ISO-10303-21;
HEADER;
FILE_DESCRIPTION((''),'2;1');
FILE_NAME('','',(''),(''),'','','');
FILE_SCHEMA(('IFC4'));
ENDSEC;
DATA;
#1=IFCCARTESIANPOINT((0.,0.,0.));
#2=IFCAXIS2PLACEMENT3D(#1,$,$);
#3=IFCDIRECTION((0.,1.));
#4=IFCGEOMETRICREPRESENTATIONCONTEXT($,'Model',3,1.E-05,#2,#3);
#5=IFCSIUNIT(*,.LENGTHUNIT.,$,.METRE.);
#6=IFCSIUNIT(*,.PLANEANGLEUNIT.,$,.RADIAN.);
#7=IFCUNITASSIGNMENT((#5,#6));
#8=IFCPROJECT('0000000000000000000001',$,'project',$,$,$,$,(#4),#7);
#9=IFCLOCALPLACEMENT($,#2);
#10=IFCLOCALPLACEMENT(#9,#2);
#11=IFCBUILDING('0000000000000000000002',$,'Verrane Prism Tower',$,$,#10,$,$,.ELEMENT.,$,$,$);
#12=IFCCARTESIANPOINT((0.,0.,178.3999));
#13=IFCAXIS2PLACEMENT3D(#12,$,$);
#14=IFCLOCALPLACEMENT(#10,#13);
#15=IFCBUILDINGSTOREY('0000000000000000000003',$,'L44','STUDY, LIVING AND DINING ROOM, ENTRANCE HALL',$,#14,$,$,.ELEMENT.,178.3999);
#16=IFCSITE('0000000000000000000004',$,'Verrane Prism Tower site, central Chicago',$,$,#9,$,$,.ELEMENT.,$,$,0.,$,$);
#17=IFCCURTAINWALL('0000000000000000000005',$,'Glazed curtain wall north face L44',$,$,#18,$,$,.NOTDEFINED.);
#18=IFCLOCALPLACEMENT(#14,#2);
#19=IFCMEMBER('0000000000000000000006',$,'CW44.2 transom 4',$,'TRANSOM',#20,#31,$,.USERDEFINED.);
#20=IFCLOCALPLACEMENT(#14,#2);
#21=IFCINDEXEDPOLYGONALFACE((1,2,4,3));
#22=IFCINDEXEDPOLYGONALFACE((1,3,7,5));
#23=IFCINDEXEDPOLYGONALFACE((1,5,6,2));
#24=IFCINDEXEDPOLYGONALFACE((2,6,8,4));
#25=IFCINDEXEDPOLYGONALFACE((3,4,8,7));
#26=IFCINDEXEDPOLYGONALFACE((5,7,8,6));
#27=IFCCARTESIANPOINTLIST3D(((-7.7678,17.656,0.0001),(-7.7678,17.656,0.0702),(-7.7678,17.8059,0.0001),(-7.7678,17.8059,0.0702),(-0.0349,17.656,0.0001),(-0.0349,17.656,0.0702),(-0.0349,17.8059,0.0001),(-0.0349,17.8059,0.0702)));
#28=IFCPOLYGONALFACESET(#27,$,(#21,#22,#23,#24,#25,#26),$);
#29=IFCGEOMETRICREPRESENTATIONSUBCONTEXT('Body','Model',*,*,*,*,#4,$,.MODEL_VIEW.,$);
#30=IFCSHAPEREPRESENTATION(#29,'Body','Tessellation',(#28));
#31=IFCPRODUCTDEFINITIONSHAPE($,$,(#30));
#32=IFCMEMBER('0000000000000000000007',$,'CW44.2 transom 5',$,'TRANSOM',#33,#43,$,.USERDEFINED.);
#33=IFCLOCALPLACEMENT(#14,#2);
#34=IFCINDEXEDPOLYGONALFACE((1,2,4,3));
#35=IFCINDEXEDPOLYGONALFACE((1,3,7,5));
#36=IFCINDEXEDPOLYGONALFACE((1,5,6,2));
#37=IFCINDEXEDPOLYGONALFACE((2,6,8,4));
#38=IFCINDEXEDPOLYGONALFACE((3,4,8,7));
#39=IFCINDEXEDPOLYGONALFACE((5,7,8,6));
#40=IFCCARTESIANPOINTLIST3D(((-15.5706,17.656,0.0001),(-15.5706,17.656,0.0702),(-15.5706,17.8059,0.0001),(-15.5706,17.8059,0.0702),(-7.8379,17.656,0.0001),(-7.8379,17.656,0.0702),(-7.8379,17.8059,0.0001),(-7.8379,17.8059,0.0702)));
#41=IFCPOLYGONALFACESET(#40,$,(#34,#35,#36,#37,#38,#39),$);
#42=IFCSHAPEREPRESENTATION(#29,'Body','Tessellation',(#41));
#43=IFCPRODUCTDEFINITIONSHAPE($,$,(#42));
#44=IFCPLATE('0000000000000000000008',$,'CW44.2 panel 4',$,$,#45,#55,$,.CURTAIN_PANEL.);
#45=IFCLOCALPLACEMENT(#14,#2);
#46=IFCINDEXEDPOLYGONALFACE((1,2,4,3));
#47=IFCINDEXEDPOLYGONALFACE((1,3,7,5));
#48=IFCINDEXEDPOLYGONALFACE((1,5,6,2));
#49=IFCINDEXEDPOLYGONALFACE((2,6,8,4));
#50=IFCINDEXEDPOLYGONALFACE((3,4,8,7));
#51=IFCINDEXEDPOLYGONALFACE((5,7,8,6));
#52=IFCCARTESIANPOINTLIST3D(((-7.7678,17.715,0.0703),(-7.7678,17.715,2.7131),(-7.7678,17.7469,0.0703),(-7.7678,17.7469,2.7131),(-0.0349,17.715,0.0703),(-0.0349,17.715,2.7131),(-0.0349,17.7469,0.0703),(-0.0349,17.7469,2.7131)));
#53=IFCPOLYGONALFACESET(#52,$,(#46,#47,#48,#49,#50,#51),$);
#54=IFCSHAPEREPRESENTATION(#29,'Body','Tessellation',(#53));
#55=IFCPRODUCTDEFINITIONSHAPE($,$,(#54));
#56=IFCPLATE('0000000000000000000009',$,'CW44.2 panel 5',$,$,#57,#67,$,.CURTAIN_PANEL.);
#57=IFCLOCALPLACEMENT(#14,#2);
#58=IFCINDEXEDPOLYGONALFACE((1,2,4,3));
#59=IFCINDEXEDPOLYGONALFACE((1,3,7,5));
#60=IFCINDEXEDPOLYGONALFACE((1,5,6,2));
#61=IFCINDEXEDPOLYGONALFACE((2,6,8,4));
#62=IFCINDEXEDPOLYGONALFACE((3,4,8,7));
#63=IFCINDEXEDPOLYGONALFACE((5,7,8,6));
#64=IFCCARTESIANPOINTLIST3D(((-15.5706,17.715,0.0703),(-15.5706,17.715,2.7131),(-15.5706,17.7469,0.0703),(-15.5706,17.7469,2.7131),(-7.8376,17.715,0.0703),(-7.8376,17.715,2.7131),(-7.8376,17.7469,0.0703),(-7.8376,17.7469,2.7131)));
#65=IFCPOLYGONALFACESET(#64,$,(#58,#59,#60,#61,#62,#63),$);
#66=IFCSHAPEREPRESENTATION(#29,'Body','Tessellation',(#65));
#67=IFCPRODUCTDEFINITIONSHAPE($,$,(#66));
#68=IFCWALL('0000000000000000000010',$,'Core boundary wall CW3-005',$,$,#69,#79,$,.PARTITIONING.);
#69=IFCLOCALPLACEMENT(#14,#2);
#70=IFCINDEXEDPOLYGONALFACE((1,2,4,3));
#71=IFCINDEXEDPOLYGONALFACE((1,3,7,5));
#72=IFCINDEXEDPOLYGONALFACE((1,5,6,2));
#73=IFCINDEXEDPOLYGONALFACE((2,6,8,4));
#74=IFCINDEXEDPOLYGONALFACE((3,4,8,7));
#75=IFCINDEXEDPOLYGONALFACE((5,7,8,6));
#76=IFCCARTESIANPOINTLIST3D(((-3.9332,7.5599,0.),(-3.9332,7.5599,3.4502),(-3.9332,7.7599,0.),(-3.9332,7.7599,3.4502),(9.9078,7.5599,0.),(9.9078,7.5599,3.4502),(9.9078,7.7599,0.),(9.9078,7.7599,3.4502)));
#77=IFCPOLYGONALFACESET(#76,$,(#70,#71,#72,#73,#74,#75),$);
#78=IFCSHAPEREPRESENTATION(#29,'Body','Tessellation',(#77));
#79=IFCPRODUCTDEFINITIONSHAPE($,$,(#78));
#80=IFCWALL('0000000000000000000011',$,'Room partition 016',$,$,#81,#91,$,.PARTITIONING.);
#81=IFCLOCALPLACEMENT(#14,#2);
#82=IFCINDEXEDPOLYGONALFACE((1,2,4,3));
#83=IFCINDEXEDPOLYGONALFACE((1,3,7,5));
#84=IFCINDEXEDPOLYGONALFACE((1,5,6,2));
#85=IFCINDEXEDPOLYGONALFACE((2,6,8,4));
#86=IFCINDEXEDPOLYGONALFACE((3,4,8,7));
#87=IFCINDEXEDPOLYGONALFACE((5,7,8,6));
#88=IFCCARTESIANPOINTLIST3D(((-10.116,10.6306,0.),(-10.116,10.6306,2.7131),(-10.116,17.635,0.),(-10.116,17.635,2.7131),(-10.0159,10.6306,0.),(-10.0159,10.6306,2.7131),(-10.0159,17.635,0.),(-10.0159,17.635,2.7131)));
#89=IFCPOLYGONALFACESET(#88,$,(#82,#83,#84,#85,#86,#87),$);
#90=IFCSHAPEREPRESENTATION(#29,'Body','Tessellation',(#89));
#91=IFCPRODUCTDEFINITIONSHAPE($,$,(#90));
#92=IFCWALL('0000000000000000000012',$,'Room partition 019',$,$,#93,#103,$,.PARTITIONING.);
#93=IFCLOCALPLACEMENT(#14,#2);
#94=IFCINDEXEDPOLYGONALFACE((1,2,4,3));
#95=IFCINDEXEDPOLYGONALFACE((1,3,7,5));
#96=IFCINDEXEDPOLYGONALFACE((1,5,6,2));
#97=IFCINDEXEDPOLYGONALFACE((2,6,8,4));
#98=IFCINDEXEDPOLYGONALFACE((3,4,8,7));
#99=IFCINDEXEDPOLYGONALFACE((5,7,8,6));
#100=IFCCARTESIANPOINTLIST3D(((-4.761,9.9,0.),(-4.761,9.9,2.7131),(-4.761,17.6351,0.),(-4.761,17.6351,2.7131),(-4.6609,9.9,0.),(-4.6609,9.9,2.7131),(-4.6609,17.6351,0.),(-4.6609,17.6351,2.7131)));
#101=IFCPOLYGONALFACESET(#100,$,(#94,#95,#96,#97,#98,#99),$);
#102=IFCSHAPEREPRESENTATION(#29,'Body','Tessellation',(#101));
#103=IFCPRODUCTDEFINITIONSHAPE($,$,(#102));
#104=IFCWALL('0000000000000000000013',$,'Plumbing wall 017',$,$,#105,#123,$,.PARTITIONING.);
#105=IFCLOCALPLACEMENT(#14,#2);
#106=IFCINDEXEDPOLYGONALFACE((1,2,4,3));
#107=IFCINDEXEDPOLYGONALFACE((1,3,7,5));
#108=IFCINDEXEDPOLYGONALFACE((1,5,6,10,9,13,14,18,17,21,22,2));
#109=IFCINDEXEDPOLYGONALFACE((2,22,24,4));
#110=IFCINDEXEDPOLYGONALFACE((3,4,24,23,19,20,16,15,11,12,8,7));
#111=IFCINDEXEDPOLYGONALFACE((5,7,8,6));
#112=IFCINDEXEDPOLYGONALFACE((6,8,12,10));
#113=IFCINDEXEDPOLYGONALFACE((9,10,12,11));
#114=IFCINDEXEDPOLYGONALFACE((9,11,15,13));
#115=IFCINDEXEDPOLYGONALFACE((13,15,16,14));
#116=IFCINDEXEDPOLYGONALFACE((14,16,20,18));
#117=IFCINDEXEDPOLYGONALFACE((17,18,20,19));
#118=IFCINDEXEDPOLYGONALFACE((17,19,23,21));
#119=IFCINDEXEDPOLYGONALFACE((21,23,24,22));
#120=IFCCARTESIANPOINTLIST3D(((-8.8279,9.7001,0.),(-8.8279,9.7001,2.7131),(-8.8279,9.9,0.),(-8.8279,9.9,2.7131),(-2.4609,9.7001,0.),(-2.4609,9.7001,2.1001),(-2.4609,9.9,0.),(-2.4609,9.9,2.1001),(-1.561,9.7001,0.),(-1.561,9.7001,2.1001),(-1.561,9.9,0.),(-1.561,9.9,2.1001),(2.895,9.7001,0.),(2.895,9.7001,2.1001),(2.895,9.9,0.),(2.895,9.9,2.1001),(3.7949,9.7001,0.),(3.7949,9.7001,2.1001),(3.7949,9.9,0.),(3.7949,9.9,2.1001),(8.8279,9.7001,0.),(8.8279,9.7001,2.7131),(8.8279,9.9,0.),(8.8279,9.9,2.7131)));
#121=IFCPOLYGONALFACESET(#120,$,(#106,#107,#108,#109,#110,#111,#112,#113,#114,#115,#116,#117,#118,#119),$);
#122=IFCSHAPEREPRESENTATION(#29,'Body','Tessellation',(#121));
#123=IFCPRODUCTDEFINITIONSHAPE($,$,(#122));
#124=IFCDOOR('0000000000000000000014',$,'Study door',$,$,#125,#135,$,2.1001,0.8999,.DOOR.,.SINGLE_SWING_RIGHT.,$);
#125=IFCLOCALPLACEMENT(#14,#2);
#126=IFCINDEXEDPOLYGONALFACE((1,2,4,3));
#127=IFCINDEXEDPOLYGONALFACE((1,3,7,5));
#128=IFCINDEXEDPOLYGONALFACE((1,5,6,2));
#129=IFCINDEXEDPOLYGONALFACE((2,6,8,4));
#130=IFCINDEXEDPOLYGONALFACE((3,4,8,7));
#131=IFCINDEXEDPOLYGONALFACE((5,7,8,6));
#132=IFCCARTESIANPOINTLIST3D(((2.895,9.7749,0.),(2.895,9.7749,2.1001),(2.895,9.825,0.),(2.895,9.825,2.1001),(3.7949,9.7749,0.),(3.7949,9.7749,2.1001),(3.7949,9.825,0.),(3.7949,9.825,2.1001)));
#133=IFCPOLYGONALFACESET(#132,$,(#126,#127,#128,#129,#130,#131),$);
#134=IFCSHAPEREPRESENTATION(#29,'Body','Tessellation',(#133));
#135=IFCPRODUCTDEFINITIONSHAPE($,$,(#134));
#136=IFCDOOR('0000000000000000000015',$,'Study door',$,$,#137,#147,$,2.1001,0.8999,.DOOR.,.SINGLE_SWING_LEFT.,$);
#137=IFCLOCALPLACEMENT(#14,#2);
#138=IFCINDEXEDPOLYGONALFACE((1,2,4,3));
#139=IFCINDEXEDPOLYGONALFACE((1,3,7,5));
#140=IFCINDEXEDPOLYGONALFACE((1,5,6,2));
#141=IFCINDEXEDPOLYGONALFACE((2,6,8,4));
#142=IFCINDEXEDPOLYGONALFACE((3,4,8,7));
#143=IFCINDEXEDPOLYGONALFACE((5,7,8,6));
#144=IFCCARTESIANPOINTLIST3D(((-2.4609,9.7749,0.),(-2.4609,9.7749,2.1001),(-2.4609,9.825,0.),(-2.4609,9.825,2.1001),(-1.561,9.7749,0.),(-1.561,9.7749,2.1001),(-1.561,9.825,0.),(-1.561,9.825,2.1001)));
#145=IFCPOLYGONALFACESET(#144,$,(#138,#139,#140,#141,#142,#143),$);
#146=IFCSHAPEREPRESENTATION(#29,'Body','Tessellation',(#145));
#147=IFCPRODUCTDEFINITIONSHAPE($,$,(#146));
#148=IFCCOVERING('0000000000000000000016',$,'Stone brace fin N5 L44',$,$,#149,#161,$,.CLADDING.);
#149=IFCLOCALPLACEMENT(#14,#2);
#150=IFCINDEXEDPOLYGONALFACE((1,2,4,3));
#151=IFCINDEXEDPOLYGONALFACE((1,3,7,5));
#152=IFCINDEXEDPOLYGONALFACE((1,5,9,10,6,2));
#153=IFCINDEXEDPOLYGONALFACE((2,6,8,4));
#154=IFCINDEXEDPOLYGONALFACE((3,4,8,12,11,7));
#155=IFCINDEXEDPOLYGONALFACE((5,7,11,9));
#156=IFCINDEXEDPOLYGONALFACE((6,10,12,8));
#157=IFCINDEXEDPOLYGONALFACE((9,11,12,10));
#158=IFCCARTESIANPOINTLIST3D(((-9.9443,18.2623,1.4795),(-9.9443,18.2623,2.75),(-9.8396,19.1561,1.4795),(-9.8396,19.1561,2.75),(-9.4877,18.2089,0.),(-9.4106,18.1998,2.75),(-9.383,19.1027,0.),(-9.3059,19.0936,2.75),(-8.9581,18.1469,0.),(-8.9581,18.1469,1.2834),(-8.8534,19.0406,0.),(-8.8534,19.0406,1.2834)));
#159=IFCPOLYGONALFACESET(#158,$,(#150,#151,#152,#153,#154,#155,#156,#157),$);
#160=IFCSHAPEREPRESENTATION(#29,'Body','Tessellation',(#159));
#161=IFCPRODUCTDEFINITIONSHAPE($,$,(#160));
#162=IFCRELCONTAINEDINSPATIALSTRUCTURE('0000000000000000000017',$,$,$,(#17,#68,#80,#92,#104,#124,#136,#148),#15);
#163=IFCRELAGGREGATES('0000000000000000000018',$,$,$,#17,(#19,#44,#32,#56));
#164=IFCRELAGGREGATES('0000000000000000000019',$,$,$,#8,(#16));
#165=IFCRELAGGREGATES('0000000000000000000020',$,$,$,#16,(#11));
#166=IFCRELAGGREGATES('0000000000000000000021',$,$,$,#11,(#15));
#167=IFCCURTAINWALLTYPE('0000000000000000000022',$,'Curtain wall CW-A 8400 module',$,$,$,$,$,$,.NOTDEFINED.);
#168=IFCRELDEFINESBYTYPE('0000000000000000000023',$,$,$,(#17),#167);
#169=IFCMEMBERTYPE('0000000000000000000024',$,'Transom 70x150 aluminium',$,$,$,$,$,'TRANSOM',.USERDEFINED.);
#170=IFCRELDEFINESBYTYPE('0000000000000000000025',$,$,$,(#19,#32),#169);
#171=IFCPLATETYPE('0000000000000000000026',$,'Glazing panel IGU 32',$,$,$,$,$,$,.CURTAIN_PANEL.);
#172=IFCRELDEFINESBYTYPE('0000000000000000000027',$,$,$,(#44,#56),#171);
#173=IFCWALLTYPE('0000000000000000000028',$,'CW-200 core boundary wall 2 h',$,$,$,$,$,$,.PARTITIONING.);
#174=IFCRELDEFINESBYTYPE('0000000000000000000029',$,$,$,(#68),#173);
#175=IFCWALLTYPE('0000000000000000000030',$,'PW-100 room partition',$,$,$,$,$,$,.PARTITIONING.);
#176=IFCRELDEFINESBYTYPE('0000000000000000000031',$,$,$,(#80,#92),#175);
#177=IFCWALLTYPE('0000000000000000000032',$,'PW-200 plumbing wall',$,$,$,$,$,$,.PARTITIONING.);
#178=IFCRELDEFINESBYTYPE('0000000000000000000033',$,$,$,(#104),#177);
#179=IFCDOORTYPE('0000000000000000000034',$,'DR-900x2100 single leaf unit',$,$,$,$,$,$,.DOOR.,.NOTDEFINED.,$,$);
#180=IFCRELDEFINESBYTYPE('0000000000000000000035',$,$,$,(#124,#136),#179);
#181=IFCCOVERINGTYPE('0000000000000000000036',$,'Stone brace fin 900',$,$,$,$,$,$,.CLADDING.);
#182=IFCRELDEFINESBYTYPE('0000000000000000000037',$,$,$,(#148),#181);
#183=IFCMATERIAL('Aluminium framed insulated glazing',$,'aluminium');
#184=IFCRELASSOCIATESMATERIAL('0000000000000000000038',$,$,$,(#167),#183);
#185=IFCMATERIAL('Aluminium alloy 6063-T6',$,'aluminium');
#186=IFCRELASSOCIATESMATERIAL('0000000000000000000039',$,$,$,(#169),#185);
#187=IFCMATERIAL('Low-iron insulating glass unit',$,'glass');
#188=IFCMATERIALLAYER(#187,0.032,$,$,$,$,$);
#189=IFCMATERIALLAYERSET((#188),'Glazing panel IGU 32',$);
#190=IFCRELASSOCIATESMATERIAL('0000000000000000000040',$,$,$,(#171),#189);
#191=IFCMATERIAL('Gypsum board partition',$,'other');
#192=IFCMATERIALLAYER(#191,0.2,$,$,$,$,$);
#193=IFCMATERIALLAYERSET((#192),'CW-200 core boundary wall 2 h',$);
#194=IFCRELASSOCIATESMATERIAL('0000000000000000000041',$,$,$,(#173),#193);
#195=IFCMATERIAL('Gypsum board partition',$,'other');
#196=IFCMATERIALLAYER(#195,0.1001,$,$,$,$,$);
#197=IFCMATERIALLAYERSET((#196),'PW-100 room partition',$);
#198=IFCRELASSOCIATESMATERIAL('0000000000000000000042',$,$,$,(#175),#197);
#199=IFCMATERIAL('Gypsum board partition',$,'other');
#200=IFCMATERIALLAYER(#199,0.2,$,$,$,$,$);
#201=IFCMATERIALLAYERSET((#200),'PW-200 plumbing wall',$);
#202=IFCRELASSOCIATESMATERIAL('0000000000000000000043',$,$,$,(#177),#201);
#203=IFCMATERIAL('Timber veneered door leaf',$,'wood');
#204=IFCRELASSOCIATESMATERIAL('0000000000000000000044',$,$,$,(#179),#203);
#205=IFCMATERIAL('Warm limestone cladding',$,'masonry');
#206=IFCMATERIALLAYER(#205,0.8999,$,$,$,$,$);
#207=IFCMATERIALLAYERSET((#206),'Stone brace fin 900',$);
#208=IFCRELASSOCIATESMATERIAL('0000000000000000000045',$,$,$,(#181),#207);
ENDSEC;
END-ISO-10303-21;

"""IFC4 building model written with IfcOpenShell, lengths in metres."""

from ifc_helpers import new_model, si_unit, direction, frame, frame_2d, origin, origin_2d, place, context, subcontext, project, spatial, polyline, rectangle, outline, extrude, material, layer, layer_set, material_profile, profile_set, type_object, element, fill, aggregate, save


model = new_model("IFC4")

# Units and contexts
model_context = context("Model", 3, precision=1e-05, world=origin(), true_north=direction((0.0, 1.0)))
body_context = subcontext(model_context, "Body", "Model", "MODEL_VIEW")
ifc_project = project(units=[si_unit("LENGTHUNIT", "METRE"), si_unit("PLANEANGLEUNIT", "RADIAN")], contexts=[model_context])

# Site, building, storey
site_placement = place(None, origin())
site = spatial("IfcSite", under=ifc_project, at=site_placement, Name="Verrane Prism Tower site, central Chicago", CompositionType="ELEMENT", RefElevation=0.0)
building_placement = place(site_placement, origin())
building = spatial("IfcBuilding", under=site, at=building_placement, Name="Verrane Prism Tower", CompositionType="ELEMENT")
storey_placement = place(building_placement, frame((0.0, 0.0, 178.3999)))
storey = spatial("IfcBuildingStorey", under=building, at=storey_placement, Name="L44", Description="STUDY, LIVING AND DINING ROOM, ENTRANCE HALL", CompositionType="ELEMENT", Elevation=178.3999)

# Curtain wall
ifc_material_1 = material(Name="Aluminium framed insulated glazing", Category="aluminium")
curtain_wall_type = type_object("IfcCurtainWallType", Name="Curtain wall CW-A 8400 module", PredefinedType="NOTDEFINED", material=ifc_material_1)
curtain_wall_placement = place(storey_placement, origin())
curtain_wall = element("IfcCurtainWall", 1, at=curtain_wall_placement, inside=storey, type_object=curtain_wall_type, Name="Glazed curtain wall north face L44", PredefinedType="NOTDEFINED")

# Members
ifc_material_2 = material(Name="Aluminium alloy 6063-T6", Category="aluminium")
ifc_material_profile_1 = material_profile(ifc_material_2, rectangle(XDim=0.1499, YDim=0.0701, at=origin_2d()), Name="Transom 70x150 aluminium")
ifc_profile_set_1 = profile_set([ifc_material_profile_1], Name="Aluminium alloy 6063-T6")
member_type_1 = type_object("IfcMemberType", Name="Transom 70x150 aluminium", ElementType="TRANSOM", PredefinedType="USERDEFINED", material=ifc_profile_set_1)
member_1_placement = place(storey_placement, frame((-0.0349, 17.731, 0.0352), z_axis=(-1.0, 0.0, 0.0), x_axis=(0.0, -1.0, 0.0)))
member_1 = element("IfcMember", 2, at=member_1_placement, type_object=member_type_1, Name="CW44.2 transom 4", ObjectType="TRANSOM", PredefinedType="USERDEFINED", context=body_context, shape_type="SweptSolid", body=[
    extrude(rectangle(XDim=0.1499, YDim=0.0701, at=origin_2d()), origin(), (0.0, 0.0, 1.0), 7.7329),
])
member_2_placement = place(storey_placement, frame((-7.8379, 17.731, 0.0352), z_axis=(-1.0, 0.0, 0.0), x_axis=(0.0, -1.0, 0.0)))
member_2 = element("IfcMember", 3, at=member_2_placement, type_object=member_type_1, Name="CW44.2 transom 5", ObjectType="TRANSOM", PredefinedType="USERDEFINED", context=body_context, shape_type="SweptSolid", body=[
    extrude(rectangle(XDim=0.1499, YDim=0.0701, at=origin_2d()), origin(), (0.0, 0.0, 1.0), 7.7327),
])

# Plates
ifc_material_3 = material(Name="Low-iron insulating glass unit", Category="glass")
ifc_layer_1 = layer(ifc_material_3, 0.032)
ifc_layer_set_1 = layer_set([ifc_layer_1], Name="Glazing panel IGU 32")
plate_type = type_object("IfcPlateType", Name="Glazing panel IGU 32", PredefinedType="CURTAIN_PANEL", material=ifc_layer_set_1)
plate_1_placement = place(storey_placement, frame((-3.9014, 17.731, 0.0703), z_axis=(0.0, 0.0, 1.0), x_axis=(-1.0, 0.0, 0.0)))
plate_1 = element("IfcPlate", 4, at=plate_1_placement, type_object=plate_type, Name="CW44.2 panel 4", PredefinedType="CURTAIN_PANEL", context=body_context, shape_type="SweptSolid", body=[
    extrude(rectangle(XDim=7.7329, YDim=0.032, at=origin_2d()), origin(), (0.0, 0.0, 1.0), 2.6428),
])
plate_2_placement = place(storey_placement, frame((-11.7041, 17.731, 0.0703), z_axis=(0.0, 0.0, 1.0), x_axis=(-1.0, 0.0, 0.0)))
plate_2 = element("IfcPlate", 5, at=plate_2_placement, type_object=plate_type, Name="CW44.2 panel 5", PredefinedType="CURTAIN_PANEL", context=body_context, shape_type="SweptSolid", body=[
    extrude(rectangle(XDim=7.7329, YDim=0.032, at=origin_2d()), origin(), (0.0, 0.0, 1.0), 2.6428),
])
aggregate(curtain_wall, [member_1, plate_1, member_2, plate_2])

# Walls
ifc_material_4 = material(Name="Gypsum board partition", Category="other")
ifc_layer_2 = layer(ifc_material_4, 0.2)
ifc_layer_set_2 = layer_set([ifc_layer_2], Name="CW-200 core boundary wall 2 h")
wall_type_1 = type_object("IfcWallType", Name="CW-200 core boundary wall 2 h", PredefinedType="PARTITIONING", material=ifc_layer_set_2)
wall_1_placement = place(storey_placement, frame((-3.9331, 7.6599, 0.0), z_axis=(0.0, 0.0, 1.0), x_axis=(1.0, 0.0, 0.0)))
element("IfcWall", 6, at=wall_1_placement, inside=storey, type_object=wall_type_1, Name="Core boundary wall CW3-005", PredefinedType="PARTITIONING", context=body_context, shape_type="SweptSolid", body=[
    extrude(rectangle(XDim=13.8411, YDim=0.2, at=frame_2d((6.9204, 0.0))), origin(), (0.0, 0.0, 1.0), 3.4502),
])
ifc_material_5 = material(Name="Gypsum board partition", Category="other")
ifc_layer_3 = layer(ifc_material_5, 0.1001)
ifc_layer_set_3 = layer_set([ifc_layer_3], Name="PW-100 room partition")
wall_type_2 = type_object("IfcWallType", Name="PW-100 room partition", PredefinedType="PARTITIONING", material=ifc_layer_set_3)
wall_2_placement = place(storey_placement, frame((-10.0659, 10.6306, 0.0), z_axis=(0.0, 0.0, 1.0), x_axis=(0.0, 1.0, 0.0)))
element("IfcWall", 7, at=wall_2_placement, inside=storey, type_object=wall_type_2, Name="Room partition 016", PredefinedType="PARTITIONING", context=body_context, shape_type="SweptSolid", body=[
    extrude(rectangle(XDim=7.0044, YDim=0.1001, at=frame_2d((3.5022, 0.0))), origin(), (0.0, 0.0, 1.0), 2.7131),
])
wall_3_placement = place(storey_placement, frame((-4.7109, 9.8999, 0.0), z_axis=(0.0, 0.0, 1.0), x_axis=(0.0, 1.0, 0.0)))
element("IfcWall", 8, at=wall_3_placement, inside=storey, type_object=wall_type_2, Name="Room partition 019", PredefinedType="PARTITIONING", context=body_context, shape_type="SweptSolid", body=[
    extrude(rectangle(XDim=7.7351, YDim=0.1001, at=frame_2d((3.8677, 0.0))), origin(), (0.0, 0.0, 1.0), 2.7131),
])

# Wall, openings, doors
ifc_material_6 = material(Name="Gypsum board partition", Category="other")
ifc_layer_4 = layer(ifc_material_6, 0.2)
ifc_layer_set_4 = layer_set([ifc_layer_4], Name="PW-200 plumbing wall")
wall_type_3 = type_object("IfcWallType", Name="PW-200 plumbing wall", PredefinedType="PARTITIONING", material=ifc_layer_set_4)
wall_4_placement = place(storey_placement, frame((-8.8279, 9.8, 0.0), z_axis=(0.0, 0.0, 1.0), x_axis=(1.0, 0.0, 0.0)))
wall_4 = element("IfcWall", 9, at=wall_4_placement, inside=storey, type_object=wall_type_3, Name="Plumbing wall 017", PredefinedType="PARTITIONING", context=body_context, shape_type="SweptSolid", body=[
    extrude(rectangle(XDim=17.6558, YDim=0.2, at=frame_2d((8.8279, 0.0))), origin(), (0.0, 0.0, 1.0), 2.7131),
])
opening_1_placement = place(wall_4_placement, frame((11.7229, 0.0, 0.0)))
opening_1 = element("IfcOpeningElement", 10, at=opening_1_placement, cuts=wall_4, PredefinedType="OPENING", context=body_context, shape_type="SweptSolid", body=[
    extrude(rectangle(XDim=0.8999, YDim=2.1001, at=frame_2d((0.45, 1.05))), frame((0.0, 0.1099, 0.0), z_axis=(0.0, -1.0, 0.0), x_axis=(1.0, 0.0, 0.0)), (0.0, 0.0, 1.0), 0.22),
])
opening_2_placement = place(wall_4_placement, frame((6.3669, 0.0, 0.0)))
opening_2 = element("IfcOpeningElement", 11, at=opening_2_placement, cuts=wall_4, PredefinedType="OPENING", context=body_context, shape_type="SweptSolid", body=[
    extrude(rectangle(XDim=0.8999, YDim=2.1001, at=frame_2d((0.45, 1.05))), frame((0.0, 0.1099, 0.0), z_axis=(0.0, -1.0, 0.0), x_axis=(1.0, 0.0, 0.0)), (0.0, 0.0, 1.0), 0.22),
])
ifc_material_7 = material(Name="Timber veneered door leaf", Category="wood")
door_type = type_object("IfcDoorType", Name="DR-900x2100 single leaf unit", OperationType="NOTDEFINED", PredefinedType="DOOR", material=ifc_material_7)
door_1_placement = place(opening_1_placement, origin())
door_1 = element("IfcDoor", 12, at=door_1_placement, inside=storey, type_object=door_type, Name="Study door", OperationType="SINGLE_SWING_RIGHT", OverallHeight=2.1001, OverallWidth=0.8999, PredefinedType="DOOR", context=body_context, shape_type="SweptSolid", body=[
    extrude(rectangle(XDim=0.8999, YDim=2.1001, at=frame_2d((0.45, 1.05))), frame((0.0, 0.0249, 0.0), z_axis=(0.0, -1.0, 0.0), x_axis=(1.0, 0.0, 0.0)), (0.0, 0.0, 1.0), 0.05),
])
fill(opening_1, door_1)
door_2_placement = place(opening_2_placement, origin())
door_2 = element("IfcDoor", 13, at=door_2_placement, inside=storey, type_object=door_type, Name="Study door", OperationType="SINGLE_SWING_LEFT", OverallHeight=2.1001, OverallWidth=0.8999, PredefinedType="DOOR", context=body_context, shape_type="SweptSolid", body=[
    extrude(rectangle(XDim=0.8999, YDim=2.1001, at=frame_2d((0.45, 1.05))), frame((0.0, 0.0249, 0.0), z_axis=(0.0, -1.0, 0.0), x_axis=(1.0, 0.0, 0.0)), (0.0, 0.0, 1.0), 0.05),
])
fill(opening_2, door_2)

# Covering
ifc_material_8 = material(Name="Warm limestone cladding", Category="masonry")
ifc_layer_5 = layer(ifc_material_8, 0.8999)
ifc_layer_set_5 = layer_set([ifc_layer_5], Name="Stone brace fin 900")
covering_type = type_object("IfcCoveringType", Name="Stone brace fin 900", PredefinedType="CLADDING", material=ifc_layer_set_5)
covering_placement = place(storey_placement, frame((-8.9058, 18.5938, 0.0), z_axis=(0.0, 0.0, 1.0), x_axis=(-0.993213, 0.116313, 0.0)))
element("IfcCovering", 14, at=covering_placement, inside=storey, type_object=covering_type, Name="Stone brace fin N5 L44", PredefinedType="CLADDING", context=body_context, shape_type="SweptSolid", body=[
    extrude(outline(polyline([(0.9929, 2.75), (0.4556, 2.75), (0.0, 1.2834), (0.0, 0.0), (0.5332, 0.0), (0.9929, 1.4795), (0.9929, 2.75)])), frame((0.0, 0.45, 0.0), z_axis=(0.0, -1.0, 0.0), x_axis=(1.0, 0.0, 0.0)), (0.0, 0.0, 1.0), 0.8999),
])

save(model, "model.ifc")
